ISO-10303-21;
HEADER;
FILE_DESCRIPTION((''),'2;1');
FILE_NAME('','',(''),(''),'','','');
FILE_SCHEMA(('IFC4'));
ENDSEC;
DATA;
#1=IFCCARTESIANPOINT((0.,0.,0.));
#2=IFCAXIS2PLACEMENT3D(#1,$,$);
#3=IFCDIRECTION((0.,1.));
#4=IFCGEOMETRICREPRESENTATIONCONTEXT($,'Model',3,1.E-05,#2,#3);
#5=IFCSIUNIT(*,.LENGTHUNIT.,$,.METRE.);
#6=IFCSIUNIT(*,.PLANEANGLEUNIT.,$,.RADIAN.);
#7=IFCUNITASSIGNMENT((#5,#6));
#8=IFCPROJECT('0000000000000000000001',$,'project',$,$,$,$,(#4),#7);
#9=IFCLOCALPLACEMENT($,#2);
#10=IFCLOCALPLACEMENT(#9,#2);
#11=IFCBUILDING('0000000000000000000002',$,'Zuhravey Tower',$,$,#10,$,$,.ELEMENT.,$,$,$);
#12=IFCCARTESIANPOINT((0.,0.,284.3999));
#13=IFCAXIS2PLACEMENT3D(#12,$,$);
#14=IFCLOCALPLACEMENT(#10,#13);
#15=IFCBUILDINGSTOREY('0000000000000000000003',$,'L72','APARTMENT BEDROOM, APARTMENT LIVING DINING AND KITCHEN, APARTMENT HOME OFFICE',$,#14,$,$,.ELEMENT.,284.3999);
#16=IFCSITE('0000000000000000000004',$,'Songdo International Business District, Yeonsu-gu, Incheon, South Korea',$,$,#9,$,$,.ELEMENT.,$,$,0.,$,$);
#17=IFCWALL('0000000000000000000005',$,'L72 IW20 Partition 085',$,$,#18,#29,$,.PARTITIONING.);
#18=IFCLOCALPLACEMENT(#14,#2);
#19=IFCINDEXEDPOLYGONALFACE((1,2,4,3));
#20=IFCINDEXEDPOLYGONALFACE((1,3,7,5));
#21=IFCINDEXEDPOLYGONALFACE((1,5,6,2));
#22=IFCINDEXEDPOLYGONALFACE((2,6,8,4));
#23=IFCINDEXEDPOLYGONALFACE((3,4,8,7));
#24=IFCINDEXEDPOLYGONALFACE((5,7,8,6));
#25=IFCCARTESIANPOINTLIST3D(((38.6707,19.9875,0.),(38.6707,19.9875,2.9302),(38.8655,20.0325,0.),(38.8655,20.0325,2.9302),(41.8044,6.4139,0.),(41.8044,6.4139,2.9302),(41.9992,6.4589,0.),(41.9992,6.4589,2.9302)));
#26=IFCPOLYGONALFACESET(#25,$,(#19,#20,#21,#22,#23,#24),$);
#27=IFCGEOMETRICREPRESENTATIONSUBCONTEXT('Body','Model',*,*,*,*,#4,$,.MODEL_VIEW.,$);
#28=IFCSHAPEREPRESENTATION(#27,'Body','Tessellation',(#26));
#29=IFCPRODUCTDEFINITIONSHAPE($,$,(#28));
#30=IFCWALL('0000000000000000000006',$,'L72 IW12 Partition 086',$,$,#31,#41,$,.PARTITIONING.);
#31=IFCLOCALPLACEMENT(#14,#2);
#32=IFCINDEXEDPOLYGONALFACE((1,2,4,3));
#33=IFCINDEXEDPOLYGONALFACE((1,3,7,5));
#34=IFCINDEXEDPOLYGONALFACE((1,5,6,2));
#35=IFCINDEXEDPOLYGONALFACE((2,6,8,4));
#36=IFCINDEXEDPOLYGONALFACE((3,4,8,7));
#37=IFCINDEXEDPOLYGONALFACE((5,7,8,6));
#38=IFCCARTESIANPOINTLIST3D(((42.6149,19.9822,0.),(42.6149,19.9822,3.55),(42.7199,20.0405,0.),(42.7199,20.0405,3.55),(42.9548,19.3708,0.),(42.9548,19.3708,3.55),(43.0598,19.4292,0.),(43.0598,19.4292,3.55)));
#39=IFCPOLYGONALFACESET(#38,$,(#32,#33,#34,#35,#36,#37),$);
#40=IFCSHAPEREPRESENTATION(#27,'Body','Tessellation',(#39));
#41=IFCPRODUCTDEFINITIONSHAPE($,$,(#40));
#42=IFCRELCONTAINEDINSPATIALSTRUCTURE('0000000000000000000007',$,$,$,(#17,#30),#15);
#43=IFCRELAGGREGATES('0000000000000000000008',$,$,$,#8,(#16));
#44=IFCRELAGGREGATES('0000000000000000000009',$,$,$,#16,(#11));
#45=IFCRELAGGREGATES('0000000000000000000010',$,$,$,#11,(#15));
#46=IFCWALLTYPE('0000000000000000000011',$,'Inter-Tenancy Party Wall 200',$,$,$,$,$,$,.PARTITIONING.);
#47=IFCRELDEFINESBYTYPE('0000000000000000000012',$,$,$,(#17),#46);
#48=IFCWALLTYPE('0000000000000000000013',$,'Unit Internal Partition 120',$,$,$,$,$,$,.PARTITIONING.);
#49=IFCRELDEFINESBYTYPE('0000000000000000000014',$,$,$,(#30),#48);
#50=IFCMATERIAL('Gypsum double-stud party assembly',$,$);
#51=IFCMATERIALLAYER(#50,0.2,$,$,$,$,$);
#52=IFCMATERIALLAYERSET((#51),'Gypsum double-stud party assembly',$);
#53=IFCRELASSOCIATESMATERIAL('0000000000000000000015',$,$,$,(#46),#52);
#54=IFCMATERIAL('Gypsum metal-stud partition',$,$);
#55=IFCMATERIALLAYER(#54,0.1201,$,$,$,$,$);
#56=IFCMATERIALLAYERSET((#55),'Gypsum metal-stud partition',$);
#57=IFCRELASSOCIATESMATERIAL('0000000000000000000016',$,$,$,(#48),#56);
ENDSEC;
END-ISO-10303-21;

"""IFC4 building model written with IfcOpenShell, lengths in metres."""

from ifc_helpers import new_model, si_unit, direction, frame, frame_2d, origin, place, context, subcontext, project, spatial, rectangle, extrude, material, layer, layer_set, type_object, element, save


model = new_model("IFC4")

# Units and contexts
model_context = context("Model", 3, precision=1e-05, world=origin(), true_north=direction((0.0, 1.0)))
body_context = subcontext(model_context, "Body", "Model", "MODEL_VIEW")
ifc_project = project(units=[si_unit("LENGTHUNIT", "METRE"), si_unit("PLANEANGLEUNIT", "RADIAN")], contexts=[model_context])

# Site, building, storey
site_placement = place(None, origin())
site = spatial("IfcSite", under=ifc_project, at=site_placement, Name="Songdo International Business District, Yeonsu-gu, Incheon, South Korea", CompositionType="ELEMENT", RefElevation=0.0)
building_placement = place(site_placement, origin())
building = spatial("IfcBuilding", under=site, at=building_placement, Name="Zuhravey Tower", CompositionType="ELEMENT")
storey_placement = place(building_placement, frame((0.0, 0.0, 284.3999)))
storey = spatial("IfcBuildingStorey", under=building, at=storey_placement, Name="L72", Description="APARTMENT BEDROOM, APARTMENT LIVING DINING AND KITCHEN, APARTMENT HOME OFFICE", CompositionType="ELEMENT", Elevation=284.3999)

# Walls
ifc_material_1 = material(Name="Gypsum double-stud party assembly")
ifc_layer_1 = layer(ifc_material_1, 0.2)
ifc_layer_set_1 = layer_set([ifc_layer_1], Name="Gypsum double-stud party assembly")
wall_type_1 = type_object("IfcWallType", Name="Inter-Tenancy Party Wall 200", PredefinedType="PARTITIONING", material=ifc_layer_set_1)
wall_1_placement = place(storey_placement, frame((38.7681, 20.01, 0.0), z_axis=(0.0, 0.0, 1.0), x_axis=(0.224954, -0.974369, 0.0)))
element("IfcWall", 1, at=wall_1_placement, inside=storey, type_object=wall_type_1, Name="L72 IW20 Partition 085", PredefinedType="PARTITIONING", context=body_context, shape_type="SweptSolid", body=[
    extrude(rectangle(XDim=13.9307, YDim=0.2, at=frame_2d((6.9653, 0.0))), origin(), (0.0, 0.0, 1.0), 2.9302),
])
ifc_material_2 = material(Name="Gypsum metal-stud partition")
ifc_layer_2 = layer(ifc_material_2, 0.1201)
ifc_layer_set_2 = layer_set([ifc_layer_2], Name="Gypsum metal-stud partition")
wall_type_2 = type_object("IfcWallType", Name="Unit Internal Partition 120", PredefinedType="PARTITIONING", material=ifc_layer_set_2)
wall_2_placement = place(storey_placement, frame((42.6675, 20.0112, 0.0), z_axis=(0.0, 0.0, 1.0), x_axis=(0.48588, -0.874026, 0.0)))
element("IfcWall", 2, at=wall_2_placement, inside=storey, type_object=wall_type_2, Name="L72 IW12 Partition 086", PredefinedType="PARTITIONING", context=body_context, shape_type="SweptSolid", body=[
    extrude(rectangle(XDim=0.6995, YDim=0.1201, at=frame_2d((0.3496, 0.0))), origin(), (0.0, 0.0, 1.0), 3.55),
])

save(model, "model.ifc")
